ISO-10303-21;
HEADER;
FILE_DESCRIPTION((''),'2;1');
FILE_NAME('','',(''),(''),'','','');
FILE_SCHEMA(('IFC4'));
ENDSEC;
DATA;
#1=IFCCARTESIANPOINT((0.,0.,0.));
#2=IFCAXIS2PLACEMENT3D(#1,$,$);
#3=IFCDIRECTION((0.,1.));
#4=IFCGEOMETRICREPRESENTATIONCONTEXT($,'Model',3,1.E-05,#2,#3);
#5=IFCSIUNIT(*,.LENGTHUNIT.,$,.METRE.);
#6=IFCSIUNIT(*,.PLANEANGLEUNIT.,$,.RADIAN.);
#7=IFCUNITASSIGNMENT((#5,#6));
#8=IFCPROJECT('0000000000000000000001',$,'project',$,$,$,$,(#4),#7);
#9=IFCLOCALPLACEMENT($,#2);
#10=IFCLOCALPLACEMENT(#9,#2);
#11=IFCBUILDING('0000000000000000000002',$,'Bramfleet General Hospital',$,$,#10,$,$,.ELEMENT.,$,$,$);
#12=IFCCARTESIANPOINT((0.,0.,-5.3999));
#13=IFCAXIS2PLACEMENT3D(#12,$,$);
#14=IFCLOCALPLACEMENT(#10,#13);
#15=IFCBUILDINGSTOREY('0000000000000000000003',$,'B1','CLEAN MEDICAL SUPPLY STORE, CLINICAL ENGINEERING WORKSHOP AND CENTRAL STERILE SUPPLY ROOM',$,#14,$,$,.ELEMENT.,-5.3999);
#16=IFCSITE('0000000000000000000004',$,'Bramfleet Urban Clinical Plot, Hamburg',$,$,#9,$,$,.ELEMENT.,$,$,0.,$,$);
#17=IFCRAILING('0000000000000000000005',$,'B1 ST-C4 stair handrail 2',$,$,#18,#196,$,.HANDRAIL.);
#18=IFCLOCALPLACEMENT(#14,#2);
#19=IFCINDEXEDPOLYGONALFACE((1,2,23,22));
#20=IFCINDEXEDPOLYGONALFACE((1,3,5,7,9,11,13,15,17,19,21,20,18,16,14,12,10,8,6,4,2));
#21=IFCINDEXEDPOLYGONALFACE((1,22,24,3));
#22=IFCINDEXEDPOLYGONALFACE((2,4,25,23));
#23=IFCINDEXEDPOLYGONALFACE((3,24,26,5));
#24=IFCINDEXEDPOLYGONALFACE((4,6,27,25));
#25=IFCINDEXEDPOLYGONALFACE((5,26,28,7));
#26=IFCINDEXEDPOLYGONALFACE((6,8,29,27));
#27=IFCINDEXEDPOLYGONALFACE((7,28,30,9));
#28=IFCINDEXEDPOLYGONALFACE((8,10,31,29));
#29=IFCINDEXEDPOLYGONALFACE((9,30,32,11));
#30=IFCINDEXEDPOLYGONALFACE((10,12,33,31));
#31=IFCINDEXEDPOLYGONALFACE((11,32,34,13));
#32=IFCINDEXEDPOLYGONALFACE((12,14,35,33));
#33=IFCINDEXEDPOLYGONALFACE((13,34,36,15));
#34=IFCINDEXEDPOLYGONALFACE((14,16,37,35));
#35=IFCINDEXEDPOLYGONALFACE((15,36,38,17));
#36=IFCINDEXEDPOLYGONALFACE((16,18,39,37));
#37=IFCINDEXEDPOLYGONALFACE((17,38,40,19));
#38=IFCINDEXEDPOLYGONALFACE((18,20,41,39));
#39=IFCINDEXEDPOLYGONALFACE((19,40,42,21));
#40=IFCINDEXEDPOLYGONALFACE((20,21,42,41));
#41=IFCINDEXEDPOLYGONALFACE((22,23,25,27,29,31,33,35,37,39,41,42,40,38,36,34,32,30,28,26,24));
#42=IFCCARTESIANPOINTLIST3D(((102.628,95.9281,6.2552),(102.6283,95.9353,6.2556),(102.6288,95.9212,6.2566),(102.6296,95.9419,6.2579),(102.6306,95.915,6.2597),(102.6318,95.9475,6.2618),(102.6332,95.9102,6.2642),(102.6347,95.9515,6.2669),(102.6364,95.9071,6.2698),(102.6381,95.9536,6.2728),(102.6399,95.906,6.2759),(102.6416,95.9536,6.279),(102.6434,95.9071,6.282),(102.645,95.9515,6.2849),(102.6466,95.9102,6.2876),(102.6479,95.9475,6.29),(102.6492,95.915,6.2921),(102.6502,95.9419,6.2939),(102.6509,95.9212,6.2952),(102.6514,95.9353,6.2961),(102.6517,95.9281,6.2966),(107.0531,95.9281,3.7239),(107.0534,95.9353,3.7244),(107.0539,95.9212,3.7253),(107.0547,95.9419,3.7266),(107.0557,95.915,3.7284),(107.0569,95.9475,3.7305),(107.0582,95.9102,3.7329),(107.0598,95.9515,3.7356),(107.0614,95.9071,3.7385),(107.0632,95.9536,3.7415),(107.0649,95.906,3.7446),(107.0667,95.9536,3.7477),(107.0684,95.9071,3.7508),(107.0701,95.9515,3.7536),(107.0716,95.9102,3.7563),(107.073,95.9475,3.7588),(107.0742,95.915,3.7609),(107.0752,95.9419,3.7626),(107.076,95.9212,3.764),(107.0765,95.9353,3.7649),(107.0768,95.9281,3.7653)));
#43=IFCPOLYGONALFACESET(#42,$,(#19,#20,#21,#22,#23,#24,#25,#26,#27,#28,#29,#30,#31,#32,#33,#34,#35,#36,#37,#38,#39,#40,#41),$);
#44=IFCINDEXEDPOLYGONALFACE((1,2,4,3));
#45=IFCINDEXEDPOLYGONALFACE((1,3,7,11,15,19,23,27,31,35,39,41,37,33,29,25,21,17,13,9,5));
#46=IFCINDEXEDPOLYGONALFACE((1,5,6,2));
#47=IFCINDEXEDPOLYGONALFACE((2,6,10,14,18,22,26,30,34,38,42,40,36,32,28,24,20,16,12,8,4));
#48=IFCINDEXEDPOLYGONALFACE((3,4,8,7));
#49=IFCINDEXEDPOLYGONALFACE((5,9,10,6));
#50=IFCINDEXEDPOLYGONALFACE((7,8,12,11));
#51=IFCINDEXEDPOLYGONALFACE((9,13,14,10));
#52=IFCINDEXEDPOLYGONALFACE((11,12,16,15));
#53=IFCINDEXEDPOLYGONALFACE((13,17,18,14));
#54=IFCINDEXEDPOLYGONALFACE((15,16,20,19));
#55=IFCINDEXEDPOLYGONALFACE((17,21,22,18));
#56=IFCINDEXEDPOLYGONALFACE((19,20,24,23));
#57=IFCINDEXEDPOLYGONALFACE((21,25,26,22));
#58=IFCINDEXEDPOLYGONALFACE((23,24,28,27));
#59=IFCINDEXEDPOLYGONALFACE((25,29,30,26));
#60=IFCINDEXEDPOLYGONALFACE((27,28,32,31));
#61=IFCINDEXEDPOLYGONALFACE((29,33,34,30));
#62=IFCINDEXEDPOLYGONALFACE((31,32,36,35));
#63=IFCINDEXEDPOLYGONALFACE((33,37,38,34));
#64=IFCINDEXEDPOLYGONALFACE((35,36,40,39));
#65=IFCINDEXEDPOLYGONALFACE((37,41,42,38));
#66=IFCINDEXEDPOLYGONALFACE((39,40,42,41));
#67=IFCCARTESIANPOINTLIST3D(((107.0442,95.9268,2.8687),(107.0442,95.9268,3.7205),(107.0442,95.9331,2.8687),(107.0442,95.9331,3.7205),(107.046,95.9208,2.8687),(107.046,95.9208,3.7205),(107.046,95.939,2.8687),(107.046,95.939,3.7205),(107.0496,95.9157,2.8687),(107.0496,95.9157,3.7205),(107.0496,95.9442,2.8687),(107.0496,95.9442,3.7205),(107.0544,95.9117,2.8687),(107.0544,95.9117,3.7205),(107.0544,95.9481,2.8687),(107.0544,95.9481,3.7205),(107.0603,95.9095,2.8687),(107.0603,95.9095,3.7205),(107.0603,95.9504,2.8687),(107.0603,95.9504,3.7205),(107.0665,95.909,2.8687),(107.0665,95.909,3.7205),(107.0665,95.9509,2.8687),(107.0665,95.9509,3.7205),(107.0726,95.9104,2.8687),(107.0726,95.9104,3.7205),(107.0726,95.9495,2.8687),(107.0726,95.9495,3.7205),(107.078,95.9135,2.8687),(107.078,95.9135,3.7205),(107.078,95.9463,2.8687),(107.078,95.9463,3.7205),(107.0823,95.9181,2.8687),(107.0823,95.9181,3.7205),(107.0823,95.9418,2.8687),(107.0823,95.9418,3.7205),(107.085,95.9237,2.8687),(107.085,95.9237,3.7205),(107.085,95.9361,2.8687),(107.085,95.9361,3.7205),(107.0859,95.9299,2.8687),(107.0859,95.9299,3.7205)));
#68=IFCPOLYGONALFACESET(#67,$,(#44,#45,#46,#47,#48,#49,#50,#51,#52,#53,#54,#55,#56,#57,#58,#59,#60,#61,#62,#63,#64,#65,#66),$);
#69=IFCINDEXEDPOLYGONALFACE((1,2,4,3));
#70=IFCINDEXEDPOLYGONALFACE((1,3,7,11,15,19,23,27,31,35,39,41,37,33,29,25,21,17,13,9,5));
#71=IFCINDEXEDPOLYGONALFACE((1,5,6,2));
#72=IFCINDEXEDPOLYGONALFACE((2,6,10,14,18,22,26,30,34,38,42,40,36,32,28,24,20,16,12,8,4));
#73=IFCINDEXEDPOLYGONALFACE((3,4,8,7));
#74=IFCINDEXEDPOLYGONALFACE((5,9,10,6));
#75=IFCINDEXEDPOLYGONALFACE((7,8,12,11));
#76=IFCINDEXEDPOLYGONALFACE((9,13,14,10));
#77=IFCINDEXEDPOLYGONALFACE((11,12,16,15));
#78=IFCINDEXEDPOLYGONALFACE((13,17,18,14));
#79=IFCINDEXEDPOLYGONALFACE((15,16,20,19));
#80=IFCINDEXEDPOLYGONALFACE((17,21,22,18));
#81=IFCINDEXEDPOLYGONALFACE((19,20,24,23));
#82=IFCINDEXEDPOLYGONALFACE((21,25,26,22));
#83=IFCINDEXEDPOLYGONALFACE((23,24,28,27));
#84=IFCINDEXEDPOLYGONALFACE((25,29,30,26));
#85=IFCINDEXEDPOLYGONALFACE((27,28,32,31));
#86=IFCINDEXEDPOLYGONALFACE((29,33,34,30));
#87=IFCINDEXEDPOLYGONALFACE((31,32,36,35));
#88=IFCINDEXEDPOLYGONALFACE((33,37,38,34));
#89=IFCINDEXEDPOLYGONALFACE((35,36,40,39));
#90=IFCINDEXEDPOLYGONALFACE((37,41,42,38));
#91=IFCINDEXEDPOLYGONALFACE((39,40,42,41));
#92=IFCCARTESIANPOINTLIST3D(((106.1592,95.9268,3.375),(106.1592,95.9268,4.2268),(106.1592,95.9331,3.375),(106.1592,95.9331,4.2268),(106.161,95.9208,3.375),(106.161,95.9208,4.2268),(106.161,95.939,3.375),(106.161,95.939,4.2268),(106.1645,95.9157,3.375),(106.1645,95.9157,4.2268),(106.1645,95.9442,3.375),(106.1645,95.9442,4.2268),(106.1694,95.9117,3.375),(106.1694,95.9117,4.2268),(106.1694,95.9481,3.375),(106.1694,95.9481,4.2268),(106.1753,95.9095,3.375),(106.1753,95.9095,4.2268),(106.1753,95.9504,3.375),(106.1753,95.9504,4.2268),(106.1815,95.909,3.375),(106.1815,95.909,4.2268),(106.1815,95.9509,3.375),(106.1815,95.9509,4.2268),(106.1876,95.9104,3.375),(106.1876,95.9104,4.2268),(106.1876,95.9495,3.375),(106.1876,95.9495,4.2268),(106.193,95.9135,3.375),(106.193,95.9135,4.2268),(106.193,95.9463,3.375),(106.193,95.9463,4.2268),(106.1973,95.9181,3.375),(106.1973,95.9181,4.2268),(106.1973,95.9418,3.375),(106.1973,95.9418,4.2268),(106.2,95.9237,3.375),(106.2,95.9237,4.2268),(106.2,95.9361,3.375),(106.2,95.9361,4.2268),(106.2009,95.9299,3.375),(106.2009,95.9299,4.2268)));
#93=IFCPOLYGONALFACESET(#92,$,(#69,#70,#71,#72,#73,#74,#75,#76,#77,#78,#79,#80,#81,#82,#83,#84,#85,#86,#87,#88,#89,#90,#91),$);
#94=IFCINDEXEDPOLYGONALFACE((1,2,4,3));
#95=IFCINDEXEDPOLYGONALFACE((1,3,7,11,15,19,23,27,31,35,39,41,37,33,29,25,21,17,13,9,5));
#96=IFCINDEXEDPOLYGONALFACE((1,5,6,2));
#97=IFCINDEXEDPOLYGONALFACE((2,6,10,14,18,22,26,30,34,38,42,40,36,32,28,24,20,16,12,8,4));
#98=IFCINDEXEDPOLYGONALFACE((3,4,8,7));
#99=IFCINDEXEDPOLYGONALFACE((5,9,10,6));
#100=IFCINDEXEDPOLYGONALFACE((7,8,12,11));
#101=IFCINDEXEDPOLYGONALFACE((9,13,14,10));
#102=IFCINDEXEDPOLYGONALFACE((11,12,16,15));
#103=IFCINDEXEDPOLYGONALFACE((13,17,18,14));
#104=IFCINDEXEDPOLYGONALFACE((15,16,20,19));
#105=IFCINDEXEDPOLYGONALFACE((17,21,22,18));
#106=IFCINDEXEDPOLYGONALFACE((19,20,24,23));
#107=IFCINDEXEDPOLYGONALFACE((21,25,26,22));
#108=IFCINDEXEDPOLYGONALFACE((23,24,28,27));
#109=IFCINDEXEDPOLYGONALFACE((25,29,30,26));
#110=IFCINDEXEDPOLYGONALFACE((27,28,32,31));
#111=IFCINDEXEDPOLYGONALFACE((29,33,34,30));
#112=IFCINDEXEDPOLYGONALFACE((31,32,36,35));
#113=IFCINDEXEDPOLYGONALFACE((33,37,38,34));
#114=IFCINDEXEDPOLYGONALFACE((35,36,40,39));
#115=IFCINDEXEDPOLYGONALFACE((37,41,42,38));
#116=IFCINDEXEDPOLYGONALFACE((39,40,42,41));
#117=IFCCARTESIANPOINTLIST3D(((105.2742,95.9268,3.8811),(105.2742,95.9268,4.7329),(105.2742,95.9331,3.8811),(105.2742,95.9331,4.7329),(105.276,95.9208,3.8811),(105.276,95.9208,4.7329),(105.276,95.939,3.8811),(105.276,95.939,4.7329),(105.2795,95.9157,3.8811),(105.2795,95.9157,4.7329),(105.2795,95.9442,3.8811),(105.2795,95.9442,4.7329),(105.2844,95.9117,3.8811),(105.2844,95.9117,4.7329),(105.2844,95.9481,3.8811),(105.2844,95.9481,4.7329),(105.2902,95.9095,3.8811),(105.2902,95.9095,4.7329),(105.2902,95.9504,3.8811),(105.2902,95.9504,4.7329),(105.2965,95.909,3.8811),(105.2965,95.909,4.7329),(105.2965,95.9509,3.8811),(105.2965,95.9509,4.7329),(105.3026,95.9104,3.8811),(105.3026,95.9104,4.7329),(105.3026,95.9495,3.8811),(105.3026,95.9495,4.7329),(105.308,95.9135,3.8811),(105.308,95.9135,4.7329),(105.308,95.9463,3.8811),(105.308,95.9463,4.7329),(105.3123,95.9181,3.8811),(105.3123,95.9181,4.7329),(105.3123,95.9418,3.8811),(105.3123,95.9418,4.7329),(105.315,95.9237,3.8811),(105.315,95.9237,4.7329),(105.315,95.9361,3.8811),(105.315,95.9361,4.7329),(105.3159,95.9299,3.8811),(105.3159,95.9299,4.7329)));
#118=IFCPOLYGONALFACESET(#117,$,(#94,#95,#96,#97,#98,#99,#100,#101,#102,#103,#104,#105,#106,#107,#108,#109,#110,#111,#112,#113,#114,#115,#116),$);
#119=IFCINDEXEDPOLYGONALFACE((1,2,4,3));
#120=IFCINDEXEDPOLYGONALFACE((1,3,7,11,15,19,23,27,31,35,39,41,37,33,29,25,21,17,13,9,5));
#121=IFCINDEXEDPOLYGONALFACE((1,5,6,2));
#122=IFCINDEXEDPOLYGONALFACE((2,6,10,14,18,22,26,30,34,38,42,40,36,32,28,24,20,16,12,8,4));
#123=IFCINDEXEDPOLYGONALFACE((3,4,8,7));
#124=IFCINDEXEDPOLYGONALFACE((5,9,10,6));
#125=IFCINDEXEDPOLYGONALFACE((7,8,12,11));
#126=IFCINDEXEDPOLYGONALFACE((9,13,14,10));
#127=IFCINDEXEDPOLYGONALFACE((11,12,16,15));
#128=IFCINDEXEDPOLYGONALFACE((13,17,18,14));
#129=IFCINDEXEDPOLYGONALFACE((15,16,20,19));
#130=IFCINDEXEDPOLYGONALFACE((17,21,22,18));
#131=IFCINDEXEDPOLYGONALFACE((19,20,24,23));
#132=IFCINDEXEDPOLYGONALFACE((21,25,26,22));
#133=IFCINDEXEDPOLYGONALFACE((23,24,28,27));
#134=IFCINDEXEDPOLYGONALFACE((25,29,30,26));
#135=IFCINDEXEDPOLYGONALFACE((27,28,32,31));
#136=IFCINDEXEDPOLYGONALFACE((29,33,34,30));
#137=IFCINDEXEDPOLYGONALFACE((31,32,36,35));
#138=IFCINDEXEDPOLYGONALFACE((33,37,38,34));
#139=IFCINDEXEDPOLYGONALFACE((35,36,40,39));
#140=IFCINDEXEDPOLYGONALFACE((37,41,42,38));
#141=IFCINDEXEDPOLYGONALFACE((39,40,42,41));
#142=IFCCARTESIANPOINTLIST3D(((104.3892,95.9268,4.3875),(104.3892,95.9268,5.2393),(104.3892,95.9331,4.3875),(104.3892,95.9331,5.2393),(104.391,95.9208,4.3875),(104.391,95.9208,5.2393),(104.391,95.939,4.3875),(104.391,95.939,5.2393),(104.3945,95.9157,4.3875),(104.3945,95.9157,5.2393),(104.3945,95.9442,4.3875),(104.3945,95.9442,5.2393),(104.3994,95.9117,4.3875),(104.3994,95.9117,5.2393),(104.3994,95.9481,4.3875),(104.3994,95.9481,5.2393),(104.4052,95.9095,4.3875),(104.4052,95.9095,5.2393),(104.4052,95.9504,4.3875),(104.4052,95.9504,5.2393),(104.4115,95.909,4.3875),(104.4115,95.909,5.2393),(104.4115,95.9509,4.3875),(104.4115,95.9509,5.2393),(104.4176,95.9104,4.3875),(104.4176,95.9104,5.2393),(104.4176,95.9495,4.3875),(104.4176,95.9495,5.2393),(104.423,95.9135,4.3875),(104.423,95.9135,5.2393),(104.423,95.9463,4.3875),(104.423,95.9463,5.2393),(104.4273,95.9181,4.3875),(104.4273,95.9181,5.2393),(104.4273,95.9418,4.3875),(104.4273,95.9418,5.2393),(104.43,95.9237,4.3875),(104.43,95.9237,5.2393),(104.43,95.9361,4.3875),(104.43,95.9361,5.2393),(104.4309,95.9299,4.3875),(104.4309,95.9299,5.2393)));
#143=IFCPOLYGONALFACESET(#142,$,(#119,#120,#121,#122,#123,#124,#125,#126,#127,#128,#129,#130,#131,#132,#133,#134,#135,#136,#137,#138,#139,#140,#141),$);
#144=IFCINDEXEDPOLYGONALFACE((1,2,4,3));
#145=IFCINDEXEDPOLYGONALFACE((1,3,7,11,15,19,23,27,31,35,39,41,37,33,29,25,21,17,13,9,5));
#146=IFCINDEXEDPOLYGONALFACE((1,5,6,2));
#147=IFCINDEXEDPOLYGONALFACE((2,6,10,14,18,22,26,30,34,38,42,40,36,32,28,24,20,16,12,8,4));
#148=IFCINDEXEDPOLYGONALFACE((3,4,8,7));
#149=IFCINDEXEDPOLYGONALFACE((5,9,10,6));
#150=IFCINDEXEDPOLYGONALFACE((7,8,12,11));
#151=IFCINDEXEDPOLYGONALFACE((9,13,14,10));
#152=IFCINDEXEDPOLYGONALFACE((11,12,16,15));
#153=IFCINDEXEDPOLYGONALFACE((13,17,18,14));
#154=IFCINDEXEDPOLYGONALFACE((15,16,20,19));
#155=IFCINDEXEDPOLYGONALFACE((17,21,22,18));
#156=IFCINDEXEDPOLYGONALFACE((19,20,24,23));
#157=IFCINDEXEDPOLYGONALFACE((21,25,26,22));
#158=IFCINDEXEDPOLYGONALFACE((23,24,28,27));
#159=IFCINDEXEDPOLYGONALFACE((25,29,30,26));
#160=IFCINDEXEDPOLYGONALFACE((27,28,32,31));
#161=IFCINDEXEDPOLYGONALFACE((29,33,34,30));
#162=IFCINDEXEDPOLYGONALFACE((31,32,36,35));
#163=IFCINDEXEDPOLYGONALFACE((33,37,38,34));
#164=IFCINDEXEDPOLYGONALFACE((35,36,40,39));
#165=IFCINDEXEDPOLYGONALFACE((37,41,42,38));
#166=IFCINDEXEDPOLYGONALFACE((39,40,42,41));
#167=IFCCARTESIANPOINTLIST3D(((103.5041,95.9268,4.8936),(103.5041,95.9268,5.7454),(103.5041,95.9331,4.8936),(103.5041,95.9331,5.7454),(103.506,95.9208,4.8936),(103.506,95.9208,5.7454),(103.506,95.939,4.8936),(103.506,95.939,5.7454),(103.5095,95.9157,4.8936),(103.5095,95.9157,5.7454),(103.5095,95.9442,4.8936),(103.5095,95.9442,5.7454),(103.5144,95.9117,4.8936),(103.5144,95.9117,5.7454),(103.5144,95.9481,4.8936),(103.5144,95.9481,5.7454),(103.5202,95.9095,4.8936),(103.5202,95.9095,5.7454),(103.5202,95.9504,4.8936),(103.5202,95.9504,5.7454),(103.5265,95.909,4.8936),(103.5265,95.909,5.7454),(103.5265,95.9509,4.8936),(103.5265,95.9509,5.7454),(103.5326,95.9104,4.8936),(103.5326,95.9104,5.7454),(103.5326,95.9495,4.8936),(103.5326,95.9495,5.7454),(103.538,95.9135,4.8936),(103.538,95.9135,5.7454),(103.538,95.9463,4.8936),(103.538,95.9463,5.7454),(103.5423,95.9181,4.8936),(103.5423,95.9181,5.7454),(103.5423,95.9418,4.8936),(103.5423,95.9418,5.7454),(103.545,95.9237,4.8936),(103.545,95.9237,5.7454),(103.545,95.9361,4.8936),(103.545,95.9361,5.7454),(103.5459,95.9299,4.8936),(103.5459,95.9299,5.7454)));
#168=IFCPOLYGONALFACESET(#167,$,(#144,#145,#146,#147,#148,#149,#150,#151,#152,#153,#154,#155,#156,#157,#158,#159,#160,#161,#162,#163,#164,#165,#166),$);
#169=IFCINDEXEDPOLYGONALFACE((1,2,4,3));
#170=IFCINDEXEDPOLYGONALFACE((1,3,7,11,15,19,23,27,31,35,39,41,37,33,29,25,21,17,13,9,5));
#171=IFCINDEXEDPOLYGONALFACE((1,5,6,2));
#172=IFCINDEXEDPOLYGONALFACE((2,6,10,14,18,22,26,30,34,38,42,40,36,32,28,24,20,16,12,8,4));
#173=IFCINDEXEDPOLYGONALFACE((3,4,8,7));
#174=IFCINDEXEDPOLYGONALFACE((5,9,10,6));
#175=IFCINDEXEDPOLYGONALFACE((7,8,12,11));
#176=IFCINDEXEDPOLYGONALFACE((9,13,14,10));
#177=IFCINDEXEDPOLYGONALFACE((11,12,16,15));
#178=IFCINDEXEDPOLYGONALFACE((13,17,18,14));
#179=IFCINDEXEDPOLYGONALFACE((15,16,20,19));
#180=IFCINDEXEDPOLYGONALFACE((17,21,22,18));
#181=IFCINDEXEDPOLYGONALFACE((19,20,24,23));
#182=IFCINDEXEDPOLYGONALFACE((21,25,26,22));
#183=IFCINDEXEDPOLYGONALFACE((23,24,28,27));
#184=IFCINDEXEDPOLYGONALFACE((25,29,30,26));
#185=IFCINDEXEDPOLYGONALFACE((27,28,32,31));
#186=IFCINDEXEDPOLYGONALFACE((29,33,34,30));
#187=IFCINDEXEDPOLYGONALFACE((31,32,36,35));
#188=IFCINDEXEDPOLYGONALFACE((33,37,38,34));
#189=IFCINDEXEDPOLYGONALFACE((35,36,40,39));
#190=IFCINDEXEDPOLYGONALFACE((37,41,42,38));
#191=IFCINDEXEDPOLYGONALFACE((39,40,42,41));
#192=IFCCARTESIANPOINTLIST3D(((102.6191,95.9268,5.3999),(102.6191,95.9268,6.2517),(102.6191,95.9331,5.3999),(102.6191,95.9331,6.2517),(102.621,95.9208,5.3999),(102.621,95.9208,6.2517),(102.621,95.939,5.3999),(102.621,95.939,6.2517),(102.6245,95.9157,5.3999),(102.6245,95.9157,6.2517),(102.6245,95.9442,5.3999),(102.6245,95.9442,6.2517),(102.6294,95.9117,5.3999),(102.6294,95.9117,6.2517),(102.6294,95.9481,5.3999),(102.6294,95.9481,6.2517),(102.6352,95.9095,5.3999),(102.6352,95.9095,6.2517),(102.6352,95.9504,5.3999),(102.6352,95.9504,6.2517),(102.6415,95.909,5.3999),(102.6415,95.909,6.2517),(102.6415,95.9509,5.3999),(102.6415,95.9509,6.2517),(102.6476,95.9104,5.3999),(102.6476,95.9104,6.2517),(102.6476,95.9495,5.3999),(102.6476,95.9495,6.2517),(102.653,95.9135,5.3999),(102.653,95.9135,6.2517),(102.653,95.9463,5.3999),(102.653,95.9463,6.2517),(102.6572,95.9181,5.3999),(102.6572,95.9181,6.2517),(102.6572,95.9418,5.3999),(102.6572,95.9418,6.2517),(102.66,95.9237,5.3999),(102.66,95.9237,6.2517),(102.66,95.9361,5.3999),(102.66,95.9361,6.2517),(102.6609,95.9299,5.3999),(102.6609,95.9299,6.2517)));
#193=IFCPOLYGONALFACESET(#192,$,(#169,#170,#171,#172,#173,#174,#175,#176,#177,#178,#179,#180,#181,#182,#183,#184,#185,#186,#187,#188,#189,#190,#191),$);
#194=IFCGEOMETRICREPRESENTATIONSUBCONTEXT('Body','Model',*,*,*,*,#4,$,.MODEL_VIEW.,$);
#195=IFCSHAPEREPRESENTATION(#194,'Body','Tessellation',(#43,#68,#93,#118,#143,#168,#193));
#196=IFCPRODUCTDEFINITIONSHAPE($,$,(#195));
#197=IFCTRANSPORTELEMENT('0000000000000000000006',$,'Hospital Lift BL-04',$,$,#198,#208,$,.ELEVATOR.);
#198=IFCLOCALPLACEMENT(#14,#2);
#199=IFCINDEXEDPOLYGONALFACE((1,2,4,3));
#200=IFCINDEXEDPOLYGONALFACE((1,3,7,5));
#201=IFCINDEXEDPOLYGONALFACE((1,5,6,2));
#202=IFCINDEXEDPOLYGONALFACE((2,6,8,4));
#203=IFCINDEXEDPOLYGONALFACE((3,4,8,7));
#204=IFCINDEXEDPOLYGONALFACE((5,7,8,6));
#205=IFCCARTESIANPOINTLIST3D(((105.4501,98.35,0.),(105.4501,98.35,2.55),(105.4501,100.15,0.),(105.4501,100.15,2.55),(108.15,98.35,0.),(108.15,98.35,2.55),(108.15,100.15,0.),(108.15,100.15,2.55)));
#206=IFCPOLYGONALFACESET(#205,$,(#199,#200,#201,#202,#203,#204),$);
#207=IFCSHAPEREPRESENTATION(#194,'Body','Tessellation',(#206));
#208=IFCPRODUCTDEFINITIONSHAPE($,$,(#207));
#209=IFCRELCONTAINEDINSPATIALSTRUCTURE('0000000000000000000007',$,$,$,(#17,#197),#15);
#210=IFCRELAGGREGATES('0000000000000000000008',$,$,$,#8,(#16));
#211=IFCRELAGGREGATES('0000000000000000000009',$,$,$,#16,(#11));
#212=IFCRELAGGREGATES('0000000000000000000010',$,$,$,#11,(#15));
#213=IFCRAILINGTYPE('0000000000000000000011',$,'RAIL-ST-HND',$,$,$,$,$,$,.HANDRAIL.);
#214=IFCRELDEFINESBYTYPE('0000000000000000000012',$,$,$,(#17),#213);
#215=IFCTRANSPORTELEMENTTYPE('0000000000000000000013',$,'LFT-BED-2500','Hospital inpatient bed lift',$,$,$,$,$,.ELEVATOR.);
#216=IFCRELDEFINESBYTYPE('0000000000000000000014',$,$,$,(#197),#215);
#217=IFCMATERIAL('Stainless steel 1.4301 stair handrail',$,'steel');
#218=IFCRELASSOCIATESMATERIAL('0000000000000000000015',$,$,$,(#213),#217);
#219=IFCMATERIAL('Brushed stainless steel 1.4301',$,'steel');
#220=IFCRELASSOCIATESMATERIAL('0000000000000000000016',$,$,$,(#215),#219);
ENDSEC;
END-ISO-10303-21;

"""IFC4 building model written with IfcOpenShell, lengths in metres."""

from ifc_helpers import new_model, si_unit, direction, frame, origin, origin_2d, place, context, subcontext, project, spatial, rectangle, circle, extrude, material, type_object, element, save


model = new_model("IFC4")

# Units and contexts
model_context = context("Model", 3, precision=1e-05, world=origin(), true_north=direction((0.0, 1.0)))
body_context = subcontext(model_context, "Body", "Model", "MODEL_VIEW")
ifc_project = project(units=[si_unit("LENGTHUNIT", "METRE"), si_unit("PLANEANGLEUNIT", "RADIAN")], contexts=[model_context])

# Site, building, storey
site_placement = place(None, origin())
site = spatial("IfcSite", under=ifc_project, at=site_placement, Name="Bramfleet Urban Clinical Plot, Hamburg", CompositionType="ELEMENT", RefElevation=0.0)
building_placement = place(site_placement, origin())
building = spatial("IfcBuilding", under=site, at=building_placement, Name="Bramfleet General Hospital", CompositionType="ELEMENT")
storey_placement = place(building_placement, frame((0.0, 0.0, -5.3999)))
storey = spatial("IfcBuildingStorey", under=building, at=storey_placement, Name="B1", Description="CLEAN MEDICAL SUPPLY STORE, CLINICAL ENGINEERING WORKSHOP AND CENTRAL STERILE SUPPLY ROOM", CompositionType="ELEMENT", Elevation=-5.3999)

# Shared definitions
ifc_material_1 = material(Name="Brushed stainless steel 1.4301", Category="steel")

# Railing
ifc_material_2 = material(Name="Stainless steel 1.4301 stair handrail", Category="steel")
railing_type = type_object("IfcRailingType", Name="RAIL-ST-HND", PredefinedType="HANDRAIL", material=ifc_material_2)
railing_placement = place(storey_placement, frame((107.0649, 95.9299, 2.8687)))
element("IfcRailing", 1, at=railing_placement, inside=storey, type_object=railing_type, Name="B1 ST-C4 stair handrail 2", PredefinedType="HANDRAIL", context=body_context, shape_type="SweptSolid", body=[
    extrude(circle(Radius=0.0239, at=origin_2d()), frame((0.0, 0.0, 0.876), z_axis=(-0.868019, 0.0, 0.496531), x_axis=(0.0, -1.0, 0.0)), (0.0, 0.0, 1.0), 5.0979),
    extrude(circle(Radius=0.021, at=origin_2d()), origin(), (0.0, 0.0, 1.0), 0.8518),
    extrude(circle(Radius=0.021, at=origin_2d()), frame((-0.885, 0.0, 0.5063)), (0.0, 0.0, 1.0), 0.8518),
    extrude(circle(Radius=0.021, at=origin_2d()), frame((-1.77, 0.0, 1.0125)), (0.0, 0.0, 1.0), 0.8518),
    extrude(circle(Radius=0.021, at=origin_2d()), frame((-2.655, 0.0, 1.5188)), (0.0, 0.0, 1.0), 0.8518),
    extrude(circle(Radius=0.021, at=origin_2d()), frame((-3.54, 0.0, 2.0249)), (0.0, 0.0, 1.0), 0.8518),
    extrude(circle(Radius=0.021, at=origin_2d()), frame((-4.425, 0.0, 2.5312)), (0.0, 0.0, 1.0), 0.8518),
])

# Transport element
transport_element_type_1 = type_object("IfcTransportElementType", Name="LFT-BED-2500", Description="Hospital inpatient bed lift", PredefinedType="ELEVATOR", material=ifc_material_1)
transport_element_1_placement = place(storey_placement, frame((106.8, 99.25, 0.0), z_axis=(0.0, 0.0, 1.0), x_axis=(1.0, 0.0, 0.0)))
element("IfcTransportElement", 2, at=transport_element_1_placement, inside=storey, type_object=transport_element_type_1, Name="Hospital Lift BL-04", PredefinedType="ELEVATOR", context=body_context, shape_type="SweptSolid", body=[
    extrude(rectangle(XDim=2.7, YDim=1.8, at=origin_2d()), origin(), (0.0, 0.0, 1.0), 2.55),
])

save(model, "model.ifc")
